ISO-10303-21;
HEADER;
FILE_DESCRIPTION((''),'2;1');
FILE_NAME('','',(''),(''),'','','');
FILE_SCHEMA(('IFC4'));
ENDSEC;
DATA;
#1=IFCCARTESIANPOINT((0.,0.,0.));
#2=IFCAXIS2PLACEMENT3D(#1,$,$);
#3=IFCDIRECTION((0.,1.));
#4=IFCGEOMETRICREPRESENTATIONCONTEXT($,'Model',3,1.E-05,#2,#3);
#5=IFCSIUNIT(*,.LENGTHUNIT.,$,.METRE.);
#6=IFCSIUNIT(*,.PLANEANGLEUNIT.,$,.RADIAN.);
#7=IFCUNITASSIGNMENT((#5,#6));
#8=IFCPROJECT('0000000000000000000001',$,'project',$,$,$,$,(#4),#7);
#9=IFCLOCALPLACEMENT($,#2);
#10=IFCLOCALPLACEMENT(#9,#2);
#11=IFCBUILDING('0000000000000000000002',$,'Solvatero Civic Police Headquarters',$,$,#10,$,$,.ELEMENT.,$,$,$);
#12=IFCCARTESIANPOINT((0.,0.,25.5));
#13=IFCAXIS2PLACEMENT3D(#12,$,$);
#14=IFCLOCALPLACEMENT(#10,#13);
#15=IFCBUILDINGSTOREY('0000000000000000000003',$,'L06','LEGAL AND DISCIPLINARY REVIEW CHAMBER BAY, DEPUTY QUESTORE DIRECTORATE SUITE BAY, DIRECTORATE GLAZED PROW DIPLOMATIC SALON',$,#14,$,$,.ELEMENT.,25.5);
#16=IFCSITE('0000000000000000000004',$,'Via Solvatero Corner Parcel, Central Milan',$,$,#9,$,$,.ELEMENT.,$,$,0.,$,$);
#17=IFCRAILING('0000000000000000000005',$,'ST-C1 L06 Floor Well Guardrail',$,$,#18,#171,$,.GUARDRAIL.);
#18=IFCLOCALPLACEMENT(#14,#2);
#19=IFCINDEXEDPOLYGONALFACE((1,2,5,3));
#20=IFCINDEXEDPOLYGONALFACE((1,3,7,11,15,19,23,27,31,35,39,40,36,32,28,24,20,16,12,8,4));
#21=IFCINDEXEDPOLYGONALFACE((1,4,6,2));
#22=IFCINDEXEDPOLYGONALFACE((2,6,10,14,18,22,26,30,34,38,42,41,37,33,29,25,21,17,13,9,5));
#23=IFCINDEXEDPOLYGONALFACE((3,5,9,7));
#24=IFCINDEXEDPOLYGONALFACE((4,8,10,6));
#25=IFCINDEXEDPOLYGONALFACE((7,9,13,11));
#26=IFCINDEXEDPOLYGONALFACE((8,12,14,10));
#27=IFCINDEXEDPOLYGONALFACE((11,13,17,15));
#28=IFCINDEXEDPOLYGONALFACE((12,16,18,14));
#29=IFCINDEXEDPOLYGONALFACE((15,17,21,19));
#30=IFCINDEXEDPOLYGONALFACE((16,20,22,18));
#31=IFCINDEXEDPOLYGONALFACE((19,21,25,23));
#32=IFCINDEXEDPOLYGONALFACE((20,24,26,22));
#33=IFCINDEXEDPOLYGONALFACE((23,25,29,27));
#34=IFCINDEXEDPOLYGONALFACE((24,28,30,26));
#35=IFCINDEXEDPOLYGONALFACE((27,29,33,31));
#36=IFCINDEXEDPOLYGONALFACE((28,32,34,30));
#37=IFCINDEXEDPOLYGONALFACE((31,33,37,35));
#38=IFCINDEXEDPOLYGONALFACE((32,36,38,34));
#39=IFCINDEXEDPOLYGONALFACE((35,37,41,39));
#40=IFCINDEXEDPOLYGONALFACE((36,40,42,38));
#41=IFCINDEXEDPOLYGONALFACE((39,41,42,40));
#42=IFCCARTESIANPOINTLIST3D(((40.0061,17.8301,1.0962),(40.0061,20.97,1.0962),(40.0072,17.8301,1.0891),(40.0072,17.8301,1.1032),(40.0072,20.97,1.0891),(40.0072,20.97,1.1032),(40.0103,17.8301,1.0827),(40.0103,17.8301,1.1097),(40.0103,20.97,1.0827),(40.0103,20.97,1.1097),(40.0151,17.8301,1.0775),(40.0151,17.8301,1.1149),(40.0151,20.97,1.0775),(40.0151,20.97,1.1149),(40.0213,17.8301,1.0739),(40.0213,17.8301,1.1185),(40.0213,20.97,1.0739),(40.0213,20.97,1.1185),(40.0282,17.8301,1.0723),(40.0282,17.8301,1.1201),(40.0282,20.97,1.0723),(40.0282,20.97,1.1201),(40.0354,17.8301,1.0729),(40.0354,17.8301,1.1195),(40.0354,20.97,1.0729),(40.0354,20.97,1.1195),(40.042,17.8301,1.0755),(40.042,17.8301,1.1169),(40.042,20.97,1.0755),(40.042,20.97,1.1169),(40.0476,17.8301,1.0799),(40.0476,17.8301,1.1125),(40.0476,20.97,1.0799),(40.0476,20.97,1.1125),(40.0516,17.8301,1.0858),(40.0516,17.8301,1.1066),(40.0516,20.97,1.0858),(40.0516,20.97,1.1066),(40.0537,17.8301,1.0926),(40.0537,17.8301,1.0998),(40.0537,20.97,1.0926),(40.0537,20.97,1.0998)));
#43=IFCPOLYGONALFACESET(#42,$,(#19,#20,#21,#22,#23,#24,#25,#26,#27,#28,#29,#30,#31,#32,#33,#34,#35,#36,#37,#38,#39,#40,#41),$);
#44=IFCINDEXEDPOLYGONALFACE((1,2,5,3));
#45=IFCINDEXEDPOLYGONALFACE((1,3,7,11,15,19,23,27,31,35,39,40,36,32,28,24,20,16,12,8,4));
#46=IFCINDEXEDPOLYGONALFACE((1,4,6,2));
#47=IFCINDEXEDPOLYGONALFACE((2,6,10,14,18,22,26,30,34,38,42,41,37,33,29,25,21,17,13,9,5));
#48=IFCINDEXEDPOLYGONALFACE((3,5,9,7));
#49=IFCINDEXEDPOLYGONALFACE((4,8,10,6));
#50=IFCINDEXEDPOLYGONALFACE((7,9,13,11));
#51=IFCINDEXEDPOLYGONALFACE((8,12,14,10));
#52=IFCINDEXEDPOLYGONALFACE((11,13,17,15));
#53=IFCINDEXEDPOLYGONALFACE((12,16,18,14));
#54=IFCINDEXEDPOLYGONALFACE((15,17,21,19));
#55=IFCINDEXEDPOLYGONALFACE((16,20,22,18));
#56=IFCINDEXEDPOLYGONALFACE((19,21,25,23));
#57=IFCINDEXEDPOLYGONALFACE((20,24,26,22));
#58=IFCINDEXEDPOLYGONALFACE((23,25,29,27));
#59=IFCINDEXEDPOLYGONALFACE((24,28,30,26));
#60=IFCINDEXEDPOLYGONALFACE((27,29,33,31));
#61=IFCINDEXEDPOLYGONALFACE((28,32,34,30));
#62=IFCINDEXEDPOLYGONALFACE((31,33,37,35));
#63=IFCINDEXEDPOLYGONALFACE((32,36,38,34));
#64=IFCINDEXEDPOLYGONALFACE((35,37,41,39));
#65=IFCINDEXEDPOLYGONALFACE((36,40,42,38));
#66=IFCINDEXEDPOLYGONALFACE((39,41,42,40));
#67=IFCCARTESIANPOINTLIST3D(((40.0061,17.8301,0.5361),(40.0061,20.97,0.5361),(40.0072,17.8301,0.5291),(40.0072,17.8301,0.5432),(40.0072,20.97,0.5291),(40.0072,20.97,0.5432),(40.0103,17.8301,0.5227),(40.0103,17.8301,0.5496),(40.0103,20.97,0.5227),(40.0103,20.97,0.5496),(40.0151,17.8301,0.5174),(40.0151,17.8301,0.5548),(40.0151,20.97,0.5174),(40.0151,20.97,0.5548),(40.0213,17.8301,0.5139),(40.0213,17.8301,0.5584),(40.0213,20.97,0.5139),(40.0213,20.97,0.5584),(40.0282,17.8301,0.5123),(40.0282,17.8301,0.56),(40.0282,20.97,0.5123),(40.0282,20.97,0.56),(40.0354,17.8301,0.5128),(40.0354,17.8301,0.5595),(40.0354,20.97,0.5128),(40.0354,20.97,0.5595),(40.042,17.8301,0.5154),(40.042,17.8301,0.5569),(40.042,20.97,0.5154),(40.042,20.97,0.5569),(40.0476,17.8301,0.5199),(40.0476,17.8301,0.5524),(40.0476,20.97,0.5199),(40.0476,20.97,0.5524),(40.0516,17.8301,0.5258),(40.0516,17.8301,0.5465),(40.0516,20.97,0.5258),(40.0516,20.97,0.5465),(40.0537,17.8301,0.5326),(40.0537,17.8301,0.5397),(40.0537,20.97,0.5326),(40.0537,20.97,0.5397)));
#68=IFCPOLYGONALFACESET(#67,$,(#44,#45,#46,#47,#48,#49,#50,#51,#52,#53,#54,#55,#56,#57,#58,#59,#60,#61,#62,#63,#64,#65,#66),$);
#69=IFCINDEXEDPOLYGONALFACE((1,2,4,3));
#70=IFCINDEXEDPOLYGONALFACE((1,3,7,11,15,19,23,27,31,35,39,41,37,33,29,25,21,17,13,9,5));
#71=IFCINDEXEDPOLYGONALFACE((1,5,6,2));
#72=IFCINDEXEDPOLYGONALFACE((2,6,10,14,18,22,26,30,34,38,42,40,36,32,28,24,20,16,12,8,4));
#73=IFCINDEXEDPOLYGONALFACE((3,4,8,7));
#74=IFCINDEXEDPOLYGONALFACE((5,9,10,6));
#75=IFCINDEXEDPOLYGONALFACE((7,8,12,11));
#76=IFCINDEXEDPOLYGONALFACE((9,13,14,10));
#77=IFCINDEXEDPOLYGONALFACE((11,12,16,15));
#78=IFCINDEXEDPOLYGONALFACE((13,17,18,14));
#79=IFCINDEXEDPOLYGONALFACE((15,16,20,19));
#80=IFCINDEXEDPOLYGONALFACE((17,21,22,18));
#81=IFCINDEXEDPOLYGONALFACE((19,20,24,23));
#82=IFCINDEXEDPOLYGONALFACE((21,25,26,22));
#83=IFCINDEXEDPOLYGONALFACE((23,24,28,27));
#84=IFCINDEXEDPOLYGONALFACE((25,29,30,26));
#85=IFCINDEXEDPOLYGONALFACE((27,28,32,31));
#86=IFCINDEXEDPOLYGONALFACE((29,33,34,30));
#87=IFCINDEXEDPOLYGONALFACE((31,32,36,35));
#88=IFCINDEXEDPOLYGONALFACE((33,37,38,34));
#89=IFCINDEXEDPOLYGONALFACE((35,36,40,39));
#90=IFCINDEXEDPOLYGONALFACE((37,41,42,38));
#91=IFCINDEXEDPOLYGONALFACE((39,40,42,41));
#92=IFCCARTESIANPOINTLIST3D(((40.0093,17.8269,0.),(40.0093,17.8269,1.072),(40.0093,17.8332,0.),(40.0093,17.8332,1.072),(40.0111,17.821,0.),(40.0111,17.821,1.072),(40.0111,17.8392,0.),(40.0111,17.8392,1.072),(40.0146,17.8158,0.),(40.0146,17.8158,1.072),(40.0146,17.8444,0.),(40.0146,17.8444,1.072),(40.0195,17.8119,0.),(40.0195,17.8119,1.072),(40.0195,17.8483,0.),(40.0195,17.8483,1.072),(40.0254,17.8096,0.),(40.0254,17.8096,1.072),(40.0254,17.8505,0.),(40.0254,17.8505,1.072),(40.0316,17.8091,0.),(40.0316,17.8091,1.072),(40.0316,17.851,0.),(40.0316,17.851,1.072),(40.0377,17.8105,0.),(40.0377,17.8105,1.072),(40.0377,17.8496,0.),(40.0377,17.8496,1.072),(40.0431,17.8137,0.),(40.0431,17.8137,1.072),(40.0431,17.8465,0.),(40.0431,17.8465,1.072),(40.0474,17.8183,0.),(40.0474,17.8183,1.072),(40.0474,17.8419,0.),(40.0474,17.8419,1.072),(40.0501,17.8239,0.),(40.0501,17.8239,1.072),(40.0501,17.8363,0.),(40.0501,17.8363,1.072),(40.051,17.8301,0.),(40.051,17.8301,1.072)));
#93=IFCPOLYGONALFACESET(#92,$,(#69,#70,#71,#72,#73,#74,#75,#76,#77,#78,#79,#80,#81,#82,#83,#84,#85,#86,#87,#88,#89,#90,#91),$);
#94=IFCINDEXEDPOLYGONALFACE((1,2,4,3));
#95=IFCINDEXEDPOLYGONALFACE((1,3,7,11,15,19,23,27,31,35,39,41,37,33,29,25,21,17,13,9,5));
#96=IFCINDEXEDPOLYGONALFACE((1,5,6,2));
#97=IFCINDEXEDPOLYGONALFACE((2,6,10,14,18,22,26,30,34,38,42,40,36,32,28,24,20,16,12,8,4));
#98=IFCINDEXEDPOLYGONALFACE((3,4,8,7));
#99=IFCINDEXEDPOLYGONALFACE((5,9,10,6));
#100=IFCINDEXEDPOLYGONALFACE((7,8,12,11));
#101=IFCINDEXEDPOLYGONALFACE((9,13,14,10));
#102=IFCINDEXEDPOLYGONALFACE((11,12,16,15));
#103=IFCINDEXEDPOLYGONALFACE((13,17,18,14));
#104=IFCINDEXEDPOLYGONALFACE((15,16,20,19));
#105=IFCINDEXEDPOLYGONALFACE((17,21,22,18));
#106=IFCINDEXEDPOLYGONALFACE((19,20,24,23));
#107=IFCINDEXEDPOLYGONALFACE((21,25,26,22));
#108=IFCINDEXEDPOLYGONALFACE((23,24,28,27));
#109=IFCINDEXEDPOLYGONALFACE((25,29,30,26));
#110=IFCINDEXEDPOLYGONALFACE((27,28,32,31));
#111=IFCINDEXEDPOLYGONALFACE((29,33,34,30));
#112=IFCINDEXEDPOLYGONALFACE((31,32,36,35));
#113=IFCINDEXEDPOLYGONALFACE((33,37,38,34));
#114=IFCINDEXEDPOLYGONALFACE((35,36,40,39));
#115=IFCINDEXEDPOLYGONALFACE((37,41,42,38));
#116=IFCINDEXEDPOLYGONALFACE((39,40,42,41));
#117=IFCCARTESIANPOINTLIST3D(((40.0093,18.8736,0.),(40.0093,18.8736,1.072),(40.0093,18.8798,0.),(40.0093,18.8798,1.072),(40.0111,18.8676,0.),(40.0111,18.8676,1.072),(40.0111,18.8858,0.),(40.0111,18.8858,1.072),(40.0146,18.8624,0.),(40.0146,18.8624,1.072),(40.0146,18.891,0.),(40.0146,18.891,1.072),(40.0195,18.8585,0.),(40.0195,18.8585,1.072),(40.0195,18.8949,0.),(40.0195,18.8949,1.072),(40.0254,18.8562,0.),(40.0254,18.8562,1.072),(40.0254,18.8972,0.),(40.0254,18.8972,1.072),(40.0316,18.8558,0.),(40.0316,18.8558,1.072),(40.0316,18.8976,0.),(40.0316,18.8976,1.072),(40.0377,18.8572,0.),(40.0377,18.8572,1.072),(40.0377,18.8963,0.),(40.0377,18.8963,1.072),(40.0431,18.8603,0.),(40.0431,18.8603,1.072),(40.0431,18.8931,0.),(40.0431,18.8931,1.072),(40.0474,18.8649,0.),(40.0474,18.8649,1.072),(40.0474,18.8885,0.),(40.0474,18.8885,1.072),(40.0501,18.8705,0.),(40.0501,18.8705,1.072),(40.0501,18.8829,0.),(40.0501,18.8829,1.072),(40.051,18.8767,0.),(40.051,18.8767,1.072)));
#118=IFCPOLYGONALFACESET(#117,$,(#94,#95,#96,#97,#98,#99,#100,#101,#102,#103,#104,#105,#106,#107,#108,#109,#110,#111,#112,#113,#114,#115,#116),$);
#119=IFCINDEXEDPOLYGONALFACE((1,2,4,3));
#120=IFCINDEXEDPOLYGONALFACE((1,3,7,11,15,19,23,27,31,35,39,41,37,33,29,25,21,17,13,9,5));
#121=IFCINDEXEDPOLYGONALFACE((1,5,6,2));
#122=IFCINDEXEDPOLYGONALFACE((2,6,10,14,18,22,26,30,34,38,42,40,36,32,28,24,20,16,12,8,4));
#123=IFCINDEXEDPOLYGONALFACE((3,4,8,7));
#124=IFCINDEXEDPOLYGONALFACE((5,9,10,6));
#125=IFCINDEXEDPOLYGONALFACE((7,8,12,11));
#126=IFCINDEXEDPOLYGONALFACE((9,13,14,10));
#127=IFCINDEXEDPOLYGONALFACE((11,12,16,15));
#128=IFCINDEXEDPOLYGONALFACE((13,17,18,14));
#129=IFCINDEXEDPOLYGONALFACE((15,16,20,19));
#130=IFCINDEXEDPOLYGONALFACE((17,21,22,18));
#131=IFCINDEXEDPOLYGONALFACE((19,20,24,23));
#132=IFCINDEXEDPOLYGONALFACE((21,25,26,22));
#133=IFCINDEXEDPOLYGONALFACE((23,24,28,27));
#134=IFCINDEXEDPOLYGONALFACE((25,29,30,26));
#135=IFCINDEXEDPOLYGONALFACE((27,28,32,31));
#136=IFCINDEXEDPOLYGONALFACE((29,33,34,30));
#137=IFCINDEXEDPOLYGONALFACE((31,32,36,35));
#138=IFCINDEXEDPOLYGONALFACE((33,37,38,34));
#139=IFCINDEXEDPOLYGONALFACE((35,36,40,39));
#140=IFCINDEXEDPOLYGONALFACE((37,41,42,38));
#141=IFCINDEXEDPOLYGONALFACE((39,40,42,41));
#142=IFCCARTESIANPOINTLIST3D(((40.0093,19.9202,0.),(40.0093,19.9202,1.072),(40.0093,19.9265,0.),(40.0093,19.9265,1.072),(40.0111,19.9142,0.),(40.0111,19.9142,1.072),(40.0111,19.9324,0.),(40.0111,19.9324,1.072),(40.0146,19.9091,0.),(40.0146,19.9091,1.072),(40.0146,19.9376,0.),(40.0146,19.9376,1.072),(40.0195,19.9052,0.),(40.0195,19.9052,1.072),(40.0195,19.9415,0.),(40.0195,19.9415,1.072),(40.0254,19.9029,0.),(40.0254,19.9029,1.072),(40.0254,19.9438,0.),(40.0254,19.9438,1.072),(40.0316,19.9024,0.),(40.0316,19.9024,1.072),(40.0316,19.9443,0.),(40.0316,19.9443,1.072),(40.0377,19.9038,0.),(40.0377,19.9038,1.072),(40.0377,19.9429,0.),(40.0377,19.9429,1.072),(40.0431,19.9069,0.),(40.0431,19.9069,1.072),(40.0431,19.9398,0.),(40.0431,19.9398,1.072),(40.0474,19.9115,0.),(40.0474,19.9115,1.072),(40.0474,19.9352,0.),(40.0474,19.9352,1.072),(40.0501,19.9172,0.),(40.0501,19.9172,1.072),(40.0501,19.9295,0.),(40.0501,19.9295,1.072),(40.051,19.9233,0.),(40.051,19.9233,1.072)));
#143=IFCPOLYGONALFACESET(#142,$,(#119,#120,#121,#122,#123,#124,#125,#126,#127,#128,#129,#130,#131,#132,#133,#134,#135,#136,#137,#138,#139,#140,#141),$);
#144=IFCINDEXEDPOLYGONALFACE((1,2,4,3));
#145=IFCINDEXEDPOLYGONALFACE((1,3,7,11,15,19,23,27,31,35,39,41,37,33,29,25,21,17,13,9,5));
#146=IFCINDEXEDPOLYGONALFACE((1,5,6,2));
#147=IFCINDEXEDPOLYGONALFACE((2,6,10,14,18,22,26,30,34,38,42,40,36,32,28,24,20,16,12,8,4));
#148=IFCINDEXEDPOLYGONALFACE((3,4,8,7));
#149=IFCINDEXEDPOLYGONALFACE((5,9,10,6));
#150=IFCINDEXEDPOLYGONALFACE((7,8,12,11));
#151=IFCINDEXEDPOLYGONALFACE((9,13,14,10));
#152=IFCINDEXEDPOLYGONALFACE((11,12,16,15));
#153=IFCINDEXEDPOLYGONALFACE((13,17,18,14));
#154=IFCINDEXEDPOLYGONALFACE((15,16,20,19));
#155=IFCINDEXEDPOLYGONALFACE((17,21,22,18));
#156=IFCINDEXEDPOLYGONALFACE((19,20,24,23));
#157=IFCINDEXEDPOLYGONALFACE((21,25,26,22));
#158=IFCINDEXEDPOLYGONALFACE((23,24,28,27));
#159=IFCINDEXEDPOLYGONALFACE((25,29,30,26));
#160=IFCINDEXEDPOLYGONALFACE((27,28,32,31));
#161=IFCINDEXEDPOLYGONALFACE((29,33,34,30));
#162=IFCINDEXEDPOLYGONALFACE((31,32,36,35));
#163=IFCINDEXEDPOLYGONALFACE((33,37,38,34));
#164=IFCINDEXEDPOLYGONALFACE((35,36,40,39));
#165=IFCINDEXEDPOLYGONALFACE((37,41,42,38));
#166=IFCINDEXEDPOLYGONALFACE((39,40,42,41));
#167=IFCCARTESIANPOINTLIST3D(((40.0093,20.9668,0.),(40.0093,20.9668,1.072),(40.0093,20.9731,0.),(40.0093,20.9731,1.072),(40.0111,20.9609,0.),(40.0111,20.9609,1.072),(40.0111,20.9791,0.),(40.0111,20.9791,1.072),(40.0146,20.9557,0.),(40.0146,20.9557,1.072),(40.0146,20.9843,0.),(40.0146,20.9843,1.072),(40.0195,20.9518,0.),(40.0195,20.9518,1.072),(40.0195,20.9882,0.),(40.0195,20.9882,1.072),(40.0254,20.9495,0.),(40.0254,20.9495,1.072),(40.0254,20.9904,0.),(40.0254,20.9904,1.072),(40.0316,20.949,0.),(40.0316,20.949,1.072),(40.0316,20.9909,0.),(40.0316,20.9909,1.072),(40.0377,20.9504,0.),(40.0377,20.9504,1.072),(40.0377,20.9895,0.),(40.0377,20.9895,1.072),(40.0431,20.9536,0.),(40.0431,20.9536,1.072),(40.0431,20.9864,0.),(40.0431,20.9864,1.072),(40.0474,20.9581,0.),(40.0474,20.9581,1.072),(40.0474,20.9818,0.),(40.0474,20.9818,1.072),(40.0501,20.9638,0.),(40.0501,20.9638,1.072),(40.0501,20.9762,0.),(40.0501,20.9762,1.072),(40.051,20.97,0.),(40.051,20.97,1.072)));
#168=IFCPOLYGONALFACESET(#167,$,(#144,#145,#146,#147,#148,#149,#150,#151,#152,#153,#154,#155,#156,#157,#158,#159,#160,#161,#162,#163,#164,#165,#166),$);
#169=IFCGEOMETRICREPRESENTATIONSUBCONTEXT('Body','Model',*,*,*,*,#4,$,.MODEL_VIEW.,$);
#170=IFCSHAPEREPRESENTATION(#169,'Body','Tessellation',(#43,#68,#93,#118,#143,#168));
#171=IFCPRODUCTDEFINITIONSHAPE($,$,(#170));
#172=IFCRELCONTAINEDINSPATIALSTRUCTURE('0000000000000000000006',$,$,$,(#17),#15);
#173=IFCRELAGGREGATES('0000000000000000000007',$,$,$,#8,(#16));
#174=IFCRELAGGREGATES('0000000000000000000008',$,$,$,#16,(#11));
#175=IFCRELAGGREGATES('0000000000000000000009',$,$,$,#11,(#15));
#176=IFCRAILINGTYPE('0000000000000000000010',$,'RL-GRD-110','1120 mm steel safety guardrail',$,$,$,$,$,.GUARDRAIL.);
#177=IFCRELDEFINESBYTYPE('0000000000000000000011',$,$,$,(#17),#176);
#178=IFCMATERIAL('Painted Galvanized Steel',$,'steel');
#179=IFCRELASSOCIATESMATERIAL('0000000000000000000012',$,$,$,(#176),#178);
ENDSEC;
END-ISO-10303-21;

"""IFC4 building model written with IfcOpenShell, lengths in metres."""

from ifc_helpers import new_model, si_unit, direction, frame, origin, origin_2d, place, context, subcontext, project, spatial, circle, extrude, material, type_object, element, save


model = new_model("IFC4")

# Units and contexts
model_context = context("Model", 3, precision=1e-05, world=origin(), true_north=direction((0.0, 1.0)))
body_context = subcontext(model_context, "Body", "Model", "MODEL_VIEW")
ifc_project = project(units=[si_unit("LENGTHUNIT", "METRE"), si_unit("PLANEANGLEUNIT", "RADIAN")], contexts=[model_context])

# Site, building, storey
site_placement = place(None, origin())
site = spatial("IfcSite", under=ifc_project, at=site_placement, Name="Via Solvatero Corner Parcel, Central Milan", CompositionType="ELEMENT", RefElevation=0.0)
building_placement = place(site_placement, origin())
building = spatial("IfcBuilding", under=site, at=building_placement, Name="Solvatero Civic Police Headquarters", CompositionType="ELEMENT")
storey_placement = place(building_placement, frame((0.0, 0.0, 25.5)))
storey = spatial("IfcBuildingStorey", under=building, at=storey_placement, Name="L06", Description="LEGAL AND DISCIPLINARY REVIEW CHAMBER BAY, DEPUTY QUESTORE DIRECTORATE SUITE BAY, DIRECTORATE GLAZED PROW DIPLOMATIC SALON", CompositionType="ELEMENT", Elevation=25.5)

# Railing
ifc_material_1 = material(Name="Painted Galvanized Steel", Category="steel")
railing_type_1 = type_object("IfcRailingType", Name="RL-GRD-110", Description="1120 mm steel safety guardrail", PredefinedType="GUARDRAIL", material=ifc_material_1)
railing_1_placement = place(storey_placement, frame((40.03, 17.8301, 0.0)))
element("IfcRailing", 1, at=railing_1_placement, inside=storey, type_object=railing_type_1, Name="ST-C1 L06 Floor Well Guardrail", PredefinedType="GUARDRAIL", context=body_context, shape_type="SweptSolid", body=[
    extrude(circle(Radius=0.0239, at=origin_2d()), frame((0.0, 0.0, 1.0962), z_axis=(0.0, 1.0, 0.0), x_axis=(-1.0, 0.0, 0.0)), (0.0, 0.0, 1.0), 3.1399),
    extrude(circle(Radius=0.0239, at=origin_2d()), frame((0.0, 0.0, 0.5361), z_axis=(0.0, 1.0, 0.0), x_axis=(-1.0, 0.0, 0.0)), (0.0, 0.0, 1.0), 3.1399),
    extrude(circle(Radius=0.021, at=origin_2d()), origin(), (0.0, 0.0, 1.0), 1.072),
    extrude(circle(Radius=0.021, at=origin_2d()), frame((0.0, 1.0466, 0.0)), (0.0, 0.0, 1.0), 1.072),
    extrude(circle(Radius=0.021, at=origin_2d()), frame((0.0, 2.0933, 0.0)), (0.0, 0.0, 1.0), 1.072),
    extrude(circle(Radius=0.021, at=origin_2d()), frame((0.0, 3.1399, 0.0)), (0.0, 0.0, 1.0), 1.072),
])

save(model, "model.ifc")
